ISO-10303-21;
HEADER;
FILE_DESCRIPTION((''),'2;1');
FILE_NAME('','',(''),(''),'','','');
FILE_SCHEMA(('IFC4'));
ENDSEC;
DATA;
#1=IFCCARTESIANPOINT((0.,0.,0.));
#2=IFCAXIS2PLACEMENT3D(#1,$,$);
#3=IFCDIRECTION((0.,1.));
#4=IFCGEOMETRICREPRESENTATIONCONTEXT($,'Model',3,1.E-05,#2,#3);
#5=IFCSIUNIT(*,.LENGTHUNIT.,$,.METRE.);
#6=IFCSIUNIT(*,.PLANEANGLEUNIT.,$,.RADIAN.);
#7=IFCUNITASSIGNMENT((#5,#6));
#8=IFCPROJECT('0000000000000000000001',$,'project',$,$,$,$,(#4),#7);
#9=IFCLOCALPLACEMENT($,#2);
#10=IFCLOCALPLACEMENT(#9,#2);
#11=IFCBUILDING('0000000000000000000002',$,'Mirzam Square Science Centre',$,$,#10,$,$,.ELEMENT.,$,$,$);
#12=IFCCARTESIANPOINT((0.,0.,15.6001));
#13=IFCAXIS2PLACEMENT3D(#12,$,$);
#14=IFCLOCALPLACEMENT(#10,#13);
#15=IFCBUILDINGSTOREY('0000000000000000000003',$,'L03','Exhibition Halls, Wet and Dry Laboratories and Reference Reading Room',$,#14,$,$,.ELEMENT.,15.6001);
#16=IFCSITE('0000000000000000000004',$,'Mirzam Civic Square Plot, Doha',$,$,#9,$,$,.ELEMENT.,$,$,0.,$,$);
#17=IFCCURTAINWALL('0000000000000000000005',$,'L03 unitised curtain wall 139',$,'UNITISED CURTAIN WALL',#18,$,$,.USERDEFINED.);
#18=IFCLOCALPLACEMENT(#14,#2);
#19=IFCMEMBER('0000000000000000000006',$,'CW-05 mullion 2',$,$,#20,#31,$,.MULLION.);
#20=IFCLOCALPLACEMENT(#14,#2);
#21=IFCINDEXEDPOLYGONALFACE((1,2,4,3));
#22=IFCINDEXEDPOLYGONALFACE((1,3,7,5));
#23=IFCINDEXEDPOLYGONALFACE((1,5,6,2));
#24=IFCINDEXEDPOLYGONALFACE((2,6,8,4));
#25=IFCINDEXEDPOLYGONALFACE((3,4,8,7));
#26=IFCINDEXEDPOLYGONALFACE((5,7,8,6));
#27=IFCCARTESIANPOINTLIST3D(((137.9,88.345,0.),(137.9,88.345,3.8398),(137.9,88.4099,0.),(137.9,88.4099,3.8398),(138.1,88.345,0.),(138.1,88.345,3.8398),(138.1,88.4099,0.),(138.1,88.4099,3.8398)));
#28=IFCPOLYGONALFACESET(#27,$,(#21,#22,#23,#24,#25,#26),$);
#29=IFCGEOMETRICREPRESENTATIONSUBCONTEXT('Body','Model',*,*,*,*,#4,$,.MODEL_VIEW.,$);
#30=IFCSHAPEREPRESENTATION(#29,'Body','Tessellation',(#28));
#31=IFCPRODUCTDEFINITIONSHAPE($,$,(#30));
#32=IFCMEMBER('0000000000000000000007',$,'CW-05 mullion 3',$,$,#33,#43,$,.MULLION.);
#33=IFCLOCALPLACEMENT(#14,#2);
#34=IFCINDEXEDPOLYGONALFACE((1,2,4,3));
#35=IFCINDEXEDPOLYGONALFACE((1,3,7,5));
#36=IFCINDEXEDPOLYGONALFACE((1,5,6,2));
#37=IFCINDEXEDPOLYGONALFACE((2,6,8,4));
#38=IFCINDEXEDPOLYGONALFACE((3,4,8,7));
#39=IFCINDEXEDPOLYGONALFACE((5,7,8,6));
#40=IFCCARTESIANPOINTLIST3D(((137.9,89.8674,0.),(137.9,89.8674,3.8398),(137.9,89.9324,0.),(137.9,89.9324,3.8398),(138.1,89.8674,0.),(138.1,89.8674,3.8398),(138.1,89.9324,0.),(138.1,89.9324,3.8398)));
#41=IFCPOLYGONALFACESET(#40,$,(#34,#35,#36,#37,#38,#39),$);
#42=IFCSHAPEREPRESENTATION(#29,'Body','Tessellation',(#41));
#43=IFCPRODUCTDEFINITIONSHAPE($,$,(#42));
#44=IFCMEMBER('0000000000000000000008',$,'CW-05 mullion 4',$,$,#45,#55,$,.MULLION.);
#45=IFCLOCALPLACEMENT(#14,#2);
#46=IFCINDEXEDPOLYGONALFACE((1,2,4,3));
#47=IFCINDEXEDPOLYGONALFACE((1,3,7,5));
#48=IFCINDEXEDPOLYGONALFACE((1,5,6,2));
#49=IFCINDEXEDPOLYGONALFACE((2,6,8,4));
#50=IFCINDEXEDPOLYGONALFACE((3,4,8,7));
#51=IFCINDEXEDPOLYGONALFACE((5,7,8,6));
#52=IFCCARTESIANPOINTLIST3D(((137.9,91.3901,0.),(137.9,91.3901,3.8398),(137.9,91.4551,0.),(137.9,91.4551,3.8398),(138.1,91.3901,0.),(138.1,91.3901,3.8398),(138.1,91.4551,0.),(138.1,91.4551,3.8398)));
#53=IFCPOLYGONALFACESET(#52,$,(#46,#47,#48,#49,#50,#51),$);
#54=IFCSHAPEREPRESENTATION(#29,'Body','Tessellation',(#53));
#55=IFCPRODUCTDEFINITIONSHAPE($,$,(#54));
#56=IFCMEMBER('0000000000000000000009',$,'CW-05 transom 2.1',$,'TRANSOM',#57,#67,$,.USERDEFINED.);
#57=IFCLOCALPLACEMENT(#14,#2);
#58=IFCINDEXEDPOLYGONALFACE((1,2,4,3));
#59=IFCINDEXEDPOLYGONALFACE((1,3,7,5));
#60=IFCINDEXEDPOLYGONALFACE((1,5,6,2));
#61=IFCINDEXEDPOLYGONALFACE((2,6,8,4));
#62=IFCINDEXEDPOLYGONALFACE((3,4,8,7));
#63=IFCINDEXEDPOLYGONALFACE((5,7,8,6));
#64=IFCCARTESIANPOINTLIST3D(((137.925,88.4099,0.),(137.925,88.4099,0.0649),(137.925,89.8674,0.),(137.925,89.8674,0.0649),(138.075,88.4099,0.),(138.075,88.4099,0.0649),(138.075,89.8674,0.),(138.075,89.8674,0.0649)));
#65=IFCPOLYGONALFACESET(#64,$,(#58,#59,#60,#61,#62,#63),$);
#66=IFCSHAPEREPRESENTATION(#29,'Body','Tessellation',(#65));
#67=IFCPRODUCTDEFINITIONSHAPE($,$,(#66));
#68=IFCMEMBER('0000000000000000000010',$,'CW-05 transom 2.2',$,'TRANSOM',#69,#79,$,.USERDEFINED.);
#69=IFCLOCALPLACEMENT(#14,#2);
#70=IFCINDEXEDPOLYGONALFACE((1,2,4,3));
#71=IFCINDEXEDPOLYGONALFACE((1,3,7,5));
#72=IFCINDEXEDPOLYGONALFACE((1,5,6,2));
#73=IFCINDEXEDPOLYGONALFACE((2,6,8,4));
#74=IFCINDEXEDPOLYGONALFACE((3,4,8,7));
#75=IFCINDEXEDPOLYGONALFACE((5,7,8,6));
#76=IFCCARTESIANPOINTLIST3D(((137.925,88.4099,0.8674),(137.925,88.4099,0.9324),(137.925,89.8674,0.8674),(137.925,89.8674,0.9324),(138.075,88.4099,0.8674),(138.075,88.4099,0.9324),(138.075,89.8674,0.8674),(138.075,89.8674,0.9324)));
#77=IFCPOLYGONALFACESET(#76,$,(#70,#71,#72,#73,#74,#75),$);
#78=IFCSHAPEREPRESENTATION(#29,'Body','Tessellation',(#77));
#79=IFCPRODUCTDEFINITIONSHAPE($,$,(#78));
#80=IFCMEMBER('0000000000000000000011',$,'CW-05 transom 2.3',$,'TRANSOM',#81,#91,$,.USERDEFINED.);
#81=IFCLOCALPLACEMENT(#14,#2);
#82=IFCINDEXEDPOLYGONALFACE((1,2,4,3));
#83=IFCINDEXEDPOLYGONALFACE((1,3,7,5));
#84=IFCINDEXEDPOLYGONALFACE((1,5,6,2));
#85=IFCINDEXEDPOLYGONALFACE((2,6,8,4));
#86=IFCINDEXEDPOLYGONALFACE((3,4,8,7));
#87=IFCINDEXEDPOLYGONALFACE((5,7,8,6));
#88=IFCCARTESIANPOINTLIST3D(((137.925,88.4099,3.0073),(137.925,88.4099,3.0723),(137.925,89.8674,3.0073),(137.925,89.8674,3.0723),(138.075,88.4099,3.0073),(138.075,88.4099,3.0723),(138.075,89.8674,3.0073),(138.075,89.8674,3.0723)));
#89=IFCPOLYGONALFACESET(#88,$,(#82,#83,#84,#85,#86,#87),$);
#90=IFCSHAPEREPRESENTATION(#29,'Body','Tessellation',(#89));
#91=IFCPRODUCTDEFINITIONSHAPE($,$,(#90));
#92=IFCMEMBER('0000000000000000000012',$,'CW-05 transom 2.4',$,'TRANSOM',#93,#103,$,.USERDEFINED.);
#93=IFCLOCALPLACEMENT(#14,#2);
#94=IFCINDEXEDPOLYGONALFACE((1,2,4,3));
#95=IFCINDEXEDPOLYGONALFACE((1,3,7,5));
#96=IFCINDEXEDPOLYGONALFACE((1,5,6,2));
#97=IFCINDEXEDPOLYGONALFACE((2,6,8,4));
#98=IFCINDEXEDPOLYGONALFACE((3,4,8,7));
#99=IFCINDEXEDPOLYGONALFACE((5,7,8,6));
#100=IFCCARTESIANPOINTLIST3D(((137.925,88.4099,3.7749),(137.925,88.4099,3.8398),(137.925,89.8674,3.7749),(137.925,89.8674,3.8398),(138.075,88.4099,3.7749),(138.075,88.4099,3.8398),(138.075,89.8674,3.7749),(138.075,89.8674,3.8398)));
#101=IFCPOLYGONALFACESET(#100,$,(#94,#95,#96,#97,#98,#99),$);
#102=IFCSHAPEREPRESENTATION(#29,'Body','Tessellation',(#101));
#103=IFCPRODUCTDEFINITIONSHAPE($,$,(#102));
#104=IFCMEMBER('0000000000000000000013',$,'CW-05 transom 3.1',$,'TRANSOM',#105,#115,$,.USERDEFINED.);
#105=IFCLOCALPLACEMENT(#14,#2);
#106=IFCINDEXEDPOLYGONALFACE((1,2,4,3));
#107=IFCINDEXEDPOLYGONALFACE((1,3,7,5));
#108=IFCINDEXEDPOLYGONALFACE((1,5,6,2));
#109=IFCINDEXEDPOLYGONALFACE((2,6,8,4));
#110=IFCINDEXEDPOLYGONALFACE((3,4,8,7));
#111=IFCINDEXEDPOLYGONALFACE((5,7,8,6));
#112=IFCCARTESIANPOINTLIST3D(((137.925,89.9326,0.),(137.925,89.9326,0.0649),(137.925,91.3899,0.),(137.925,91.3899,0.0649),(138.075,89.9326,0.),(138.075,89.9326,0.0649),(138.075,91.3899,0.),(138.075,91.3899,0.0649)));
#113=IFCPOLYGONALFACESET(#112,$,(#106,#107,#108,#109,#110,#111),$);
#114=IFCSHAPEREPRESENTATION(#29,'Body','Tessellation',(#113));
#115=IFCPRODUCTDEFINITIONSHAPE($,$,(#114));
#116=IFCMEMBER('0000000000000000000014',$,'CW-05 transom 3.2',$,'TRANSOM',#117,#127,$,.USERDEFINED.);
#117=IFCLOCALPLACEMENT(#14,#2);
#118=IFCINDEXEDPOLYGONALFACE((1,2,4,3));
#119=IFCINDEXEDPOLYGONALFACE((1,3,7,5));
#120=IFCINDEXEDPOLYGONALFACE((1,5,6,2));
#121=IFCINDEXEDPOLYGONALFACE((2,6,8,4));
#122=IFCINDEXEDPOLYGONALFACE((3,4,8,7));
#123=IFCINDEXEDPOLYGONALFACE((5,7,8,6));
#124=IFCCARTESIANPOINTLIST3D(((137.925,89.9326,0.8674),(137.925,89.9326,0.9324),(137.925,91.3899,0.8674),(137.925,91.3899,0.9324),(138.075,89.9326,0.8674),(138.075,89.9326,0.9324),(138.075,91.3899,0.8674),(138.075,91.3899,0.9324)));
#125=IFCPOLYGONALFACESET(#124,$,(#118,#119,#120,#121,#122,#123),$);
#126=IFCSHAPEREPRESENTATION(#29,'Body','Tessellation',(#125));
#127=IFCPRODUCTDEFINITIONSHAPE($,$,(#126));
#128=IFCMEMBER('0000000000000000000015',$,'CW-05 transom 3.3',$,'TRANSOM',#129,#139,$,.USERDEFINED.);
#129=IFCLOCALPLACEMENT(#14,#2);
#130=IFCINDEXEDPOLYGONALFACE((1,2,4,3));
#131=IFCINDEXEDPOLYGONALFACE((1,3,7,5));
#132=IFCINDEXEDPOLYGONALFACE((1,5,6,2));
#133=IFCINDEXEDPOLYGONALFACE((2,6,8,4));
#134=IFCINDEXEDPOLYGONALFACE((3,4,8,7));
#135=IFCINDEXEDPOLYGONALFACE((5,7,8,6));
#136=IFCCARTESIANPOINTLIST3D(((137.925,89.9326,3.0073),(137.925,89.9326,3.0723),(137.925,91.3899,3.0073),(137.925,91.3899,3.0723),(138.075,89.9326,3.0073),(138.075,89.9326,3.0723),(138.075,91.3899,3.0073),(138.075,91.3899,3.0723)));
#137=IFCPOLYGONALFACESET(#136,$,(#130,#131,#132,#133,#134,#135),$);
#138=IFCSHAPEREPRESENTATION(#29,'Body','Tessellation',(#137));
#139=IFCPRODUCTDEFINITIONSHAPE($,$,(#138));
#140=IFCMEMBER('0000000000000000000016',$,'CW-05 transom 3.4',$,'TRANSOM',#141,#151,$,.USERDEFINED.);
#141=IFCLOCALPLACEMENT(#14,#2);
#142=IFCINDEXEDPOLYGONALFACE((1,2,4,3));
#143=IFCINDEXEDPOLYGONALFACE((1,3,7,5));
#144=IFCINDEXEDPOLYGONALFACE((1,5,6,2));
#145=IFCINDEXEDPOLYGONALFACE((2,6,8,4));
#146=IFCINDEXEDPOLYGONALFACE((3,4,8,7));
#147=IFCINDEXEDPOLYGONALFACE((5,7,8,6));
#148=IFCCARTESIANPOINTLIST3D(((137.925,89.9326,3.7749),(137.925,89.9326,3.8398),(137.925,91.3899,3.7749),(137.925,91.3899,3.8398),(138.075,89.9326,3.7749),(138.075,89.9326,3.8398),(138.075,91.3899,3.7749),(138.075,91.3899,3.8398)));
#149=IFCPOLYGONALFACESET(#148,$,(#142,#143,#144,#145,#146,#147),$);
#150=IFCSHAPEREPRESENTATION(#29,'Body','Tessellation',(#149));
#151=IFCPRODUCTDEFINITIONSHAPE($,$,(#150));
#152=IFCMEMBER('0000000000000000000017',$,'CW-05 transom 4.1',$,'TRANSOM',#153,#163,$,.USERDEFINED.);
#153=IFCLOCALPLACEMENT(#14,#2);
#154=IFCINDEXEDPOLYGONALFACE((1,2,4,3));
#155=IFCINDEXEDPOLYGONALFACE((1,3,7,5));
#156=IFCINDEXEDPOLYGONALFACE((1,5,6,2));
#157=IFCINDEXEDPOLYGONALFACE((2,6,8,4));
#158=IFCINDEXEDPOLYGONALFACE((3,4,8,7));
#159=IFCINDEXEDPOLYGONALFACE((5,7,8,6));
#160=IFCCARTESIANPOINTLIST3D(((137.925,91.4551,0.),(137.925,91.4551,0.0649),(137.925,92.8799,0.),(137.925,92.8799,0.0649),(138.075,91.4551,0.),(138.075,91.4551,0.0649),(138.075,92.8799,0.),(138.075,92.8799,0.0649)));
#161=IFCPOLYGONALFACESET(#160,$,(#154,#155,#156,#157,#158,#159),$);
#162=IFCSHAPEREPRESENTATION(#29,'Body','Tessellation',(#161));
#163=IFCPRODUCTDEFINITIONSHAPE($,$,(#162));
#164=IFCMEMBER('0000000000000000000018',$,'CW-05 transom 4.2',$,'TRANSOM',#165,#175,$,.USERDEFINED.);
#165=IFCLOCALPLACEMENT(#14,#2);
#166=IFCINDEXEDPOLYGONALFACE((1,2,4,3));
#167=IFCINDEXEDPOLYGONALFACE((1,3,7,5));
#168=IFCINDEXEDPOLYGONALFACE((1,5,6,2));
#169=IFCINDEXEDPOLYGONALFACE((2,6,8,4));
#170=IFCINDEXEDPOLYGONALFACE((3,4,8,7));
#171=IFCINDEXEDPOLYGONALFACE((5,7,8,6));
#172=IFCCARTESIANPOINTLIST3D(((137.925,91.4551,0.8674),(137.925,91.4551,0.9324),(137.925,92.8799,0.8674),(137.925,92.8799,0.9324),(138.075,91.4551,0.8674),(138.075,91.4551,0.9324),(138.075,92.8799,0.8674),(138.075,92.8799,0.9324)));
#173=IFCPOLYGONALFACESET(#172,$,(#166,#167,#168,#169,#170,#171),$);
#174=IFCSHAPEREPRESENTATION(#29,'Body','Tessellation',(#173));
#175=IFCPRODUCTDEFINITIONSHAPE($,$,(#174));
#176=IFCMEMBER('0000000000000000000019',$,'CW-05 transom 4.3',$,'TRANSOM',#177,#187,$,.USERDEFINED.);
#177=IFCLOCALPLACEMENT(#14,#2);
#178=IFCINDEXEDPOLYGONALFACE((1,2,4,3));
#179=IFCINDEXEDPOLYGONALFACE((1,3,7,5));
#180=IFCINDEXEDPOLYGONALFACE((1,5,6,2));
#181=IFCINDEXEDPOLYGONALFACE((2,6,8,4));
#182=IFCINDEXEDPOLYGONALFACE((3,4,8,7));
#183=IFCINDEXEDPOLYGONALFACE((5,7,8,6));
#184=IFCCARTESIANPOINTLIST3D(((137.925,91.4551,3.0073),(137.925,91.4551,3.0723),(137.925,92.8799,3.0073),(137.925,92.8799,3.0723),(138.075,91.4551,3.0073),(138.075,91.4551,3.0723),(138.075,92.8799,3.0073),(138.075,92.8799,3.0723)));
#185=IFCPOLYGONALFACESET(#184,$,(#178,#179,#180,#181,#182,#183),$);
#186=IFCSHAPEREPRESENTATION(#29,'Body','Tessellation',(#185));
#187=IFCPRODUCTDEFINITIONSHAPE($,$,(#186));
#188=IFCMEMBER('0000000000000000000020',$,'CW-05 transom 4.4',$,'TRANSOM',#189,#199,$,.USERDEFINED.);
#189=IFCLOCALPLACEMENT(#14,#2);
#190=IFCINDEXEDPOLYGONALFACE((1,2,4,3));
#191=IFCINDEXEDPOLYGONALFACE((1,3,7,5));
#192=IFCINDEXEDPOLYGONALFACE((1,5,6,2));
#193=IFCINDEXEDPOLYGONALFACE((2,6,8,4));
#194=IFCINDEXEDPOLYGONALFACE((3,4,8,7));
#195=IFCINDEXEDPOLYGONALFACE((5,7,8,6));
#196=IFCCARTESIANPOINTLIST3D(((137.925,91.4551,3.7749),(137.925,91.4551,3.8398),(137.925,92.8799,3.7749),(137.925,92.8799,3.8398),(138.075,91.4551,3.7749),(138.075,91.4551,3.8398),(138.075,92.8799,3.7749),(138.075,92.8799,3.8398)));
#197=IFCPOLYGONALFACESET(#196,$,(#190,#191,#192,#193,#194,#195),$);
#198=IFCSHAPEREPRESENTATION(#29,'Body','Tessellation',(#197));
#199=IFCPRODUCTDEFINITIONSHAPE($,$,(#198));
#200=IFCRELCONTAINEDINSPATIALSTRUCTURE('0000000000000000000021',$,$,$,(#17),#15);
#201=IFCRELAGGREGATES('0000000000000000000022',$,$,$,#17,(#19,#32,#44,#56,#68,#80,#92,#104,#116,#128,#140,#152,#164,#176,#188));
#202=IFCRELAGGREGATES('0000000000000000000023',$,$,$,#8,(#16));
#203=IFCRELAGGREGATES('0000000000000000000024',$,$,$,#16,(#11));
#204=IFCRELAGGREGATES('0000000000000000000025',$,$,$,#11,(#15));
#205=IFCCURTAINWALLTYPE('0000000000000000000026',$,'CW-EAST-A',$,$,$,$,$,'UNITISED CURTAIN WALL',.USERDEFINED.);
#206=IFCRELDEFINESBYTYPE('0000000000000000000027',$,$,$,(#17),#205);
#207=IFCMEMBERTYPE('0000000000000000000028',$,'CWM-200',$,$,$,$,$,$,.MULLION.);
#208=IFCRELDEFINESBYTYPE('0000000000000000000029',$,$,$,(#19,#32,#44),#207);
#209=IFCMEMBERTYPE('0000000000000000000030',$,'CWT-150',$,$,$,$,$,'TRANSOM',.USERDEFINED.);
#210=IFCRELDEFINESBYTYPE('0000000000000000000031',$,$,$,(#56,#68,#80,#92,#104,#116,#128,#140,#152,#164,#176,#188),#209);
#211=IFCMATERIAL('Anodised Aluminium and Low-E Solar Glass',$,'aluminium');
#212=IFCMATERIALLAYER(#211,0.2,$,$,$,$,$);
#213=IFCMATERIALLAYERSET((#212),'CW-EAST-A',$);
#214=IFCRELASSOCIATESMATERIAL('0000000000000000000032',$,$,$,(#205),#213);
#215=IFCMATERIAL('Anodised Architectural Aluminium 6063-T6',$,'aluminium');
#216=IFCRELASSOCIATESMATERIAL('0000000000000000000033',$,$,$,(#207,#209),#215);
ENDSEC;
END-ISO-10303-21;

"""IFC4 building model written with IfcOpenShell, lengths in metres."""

from ifc_helpers import new_model, si_unit, direction, frame, origin, origin_2d, place, context, subcontext, project, spatial, rectangle, extrude, material, layer, layer_set, material_profile, profile_set, type_object, element, aggregate, save


model = new_model("IFC4")

# Units and contexts
model_context = context("Model", 3, precision=1e-05, world=origin(), true_north=direction((0.0, 1.0)))
body_context = subcontext(model_context, "Body", "Model", "MODEL_VIEW")
ifc_project = project(units=[si_unit("LENGTHUNIT", "METRE"), si_unit("PLANEANGLEUNIT", "RADIAN")], contexts=[model_context])

# Site, building, storey
site_placement = place(None, origin())
site = spatial("IfcSite", under=ifc_project, at=site_placement, Name="Mirzam Civic Square Plot, Doha", CompositionType="ELEMENT", RefElevation=0.0)
building_placement = place(site_placement, origin())
building = spatial("IfcBuilding", under=site, at=building_placement, Name="Mirzam Square Science Centre", CompositionType="ELEMENT")
storey_placement = place(building_placement, frame((0.0, 0.0, 15.6001)))
storey = spatial("IfcBuildingStorey", under=building, at=storey_placement, Name="L03", Description="Exhibition Halls, Wet and Dry Laboratories and Reference Reading Room", CompositionType="ELEMENT", Elevation=15.6001)

# Curtain wall, members
ifc_material_1 = material(Name="Anodised Aluminium and Low-E Solar Glass", Category="aluminium")
ifc_layer_1 = layer(ifc_material_1, 0.2)
ifc_layer_set_1 = layer_set([ifc_layer_1], Name="CW-EAST-A")
curtain_wall_type = type_object("IfcCurtainWallType", Name="CW-EAST-A", ElementType="UNITISED CURTAIN WALL", PredefinedType="USERDEFINED", material=ifc_layer_set_1)
curtain_wall_placement = place(storey_placement, origin())
curtain_wall = element("IfcCurtainWall", 1, at=curtain_wall_placement, inside=storey, type_object=curtain_wall_type, Name="L03 unitised curtain wall 139", ObjectType="UNITISED CURTAIN WALL", PredefinedType="USERDEFINED")
ifc_material_2 = material(Name="Anodised Architectural Aluminium 6063-T6", Category="aluminium")
ifc_material_profile_1 = material_profile(ifc_material_2, rectangle(XDim=0.0649, YDim=0.2, at=origin_2d()), Name="ALU-MULL-200x65x5")
ifc_profile_set_1 = profile_set([ifc_material_profile_1], Name="Anodised Architectural Aluminium 6063-T6")
member_type_1 = type_object("IfcMemberType", Name="CWM-200", PredefinedType="MULLION", material=ifc_profile_set_1)
member_1_placement = place(storey_placement, frame((138.0, 88.3774, 0.0), z_axis=(0.0, 0.0, 1.0), x_axis=(0.0, 1.0, 0.0)))
member_1 = element("IfcMember", 2, at=member_1_placement, type_object=member_type_1, Name="CW-05 mullion 2", PredefinedType="MULLION", context=body_context, shape_type="SweptSolid", body=[
    extrude(rectangle(XDim=0.0649, YDim=0.2, at=origin_2d()), origin(), (0.0, 0.0, 1.0), 3.8398),
])
member_2_placement = place(storey_placement, frame((138.0, 89.8999, 0.0), z_axis=(0.0, 0.0, 1.0), x_axis=(0.0, 1.0, 0.0)))
member_2 = element("IfcMember", 3, at=member_2_placement, type_object=member_type_1, Name="CW-05 mullion 3", PredefinedType="MULLION", context=body_context, shape_type="SweptSolid", body=[
    extrude(rectangle(XDim=0.0649, YDim=0.2, at=origin_2d()), origin(), (0.0, 0.0, 1.0), 3.8398),
])
member_3_placement = place(storey_placement, frame((138.0, 91.4226, 0.0), z_axis=(0.0, 0.0, 1.0), x_axis=(0.0, 1.0, 0.0)))
member_3 = element("IfcMember", 4, at=member_3_placement, type_object=member_type_1, Name="CW-05 mullion 4", PredefinedType="MULLION", context=body_context, shape_type="SweptSolid", body=[
    extrude(rectangle(XDim=0.0649, YDim=0.2, at=origin_2d()), origin(), (0.0, 0.0, 1.0), 3.8398),
])
ifc_material_profile_2 = material_profile(ifc_material_2, rectangle(XDim=0.1499, YDim=0.0649, at=origin_2d()), Name="ALU-TRAN-150x65x4")
ifc_profile_set_2 = profile_set([ifc_material_profile_2], Name="Anodised Architectural Aluminium 6063-T6")
member_type_2 = type_object("IfcMemberType", Name="CWT-150", ElementType="TRANSOM", PredefinedType="USERDEFINED", material=ifc_profile_set_2)
member_4_placement = place(storey_placement, frame((138.0, 88.4099, 0.0325), z_axis=(0.0, 1.0, 0.0), x_axis=(-1.0, 0.0, 0.0)))
member_4 = element("IfcMember", 5, at=member_4_placement, type_object=member_type_2, Name="CW-05 transom 2.1", ObjectType="TRANSOM", PredefinedType="USERDEFINED", context=body_context, shape_type="SweptSolid", body=[
    extrude(rectangle(XDim=0.1499, YDim=0.0649, at=origin_2d()), origin(), (0.0, 0.0, 1.0), 1.4575),
])
member_5_placement = place(storey_placement, frame((138.0, 88.4099, 0.8999), z_axis=(0.0, 1.0, 0.0), x_axis=(-1.0, 0.0, 0.0)))
member_5 = element("IfcMember", 6, at=member_5_placement, type_object=member_type_2, Name="CW-05 transom 2.2", ObjectType="TRANSOM", PredefinedType="USERDEFINED", context=body_context, shape_type="SweptSolid", body=[
    extrude(rectangle(XDim=0.1499, YDim=0.0649, at=origin_2d()), origin(), (0.0, 0.0, 1.0), 1.4575),
])
member_6_placement = place(storey_placement, frame((138.0, 88.4099, 3.0398), z_axis=(0.0, 1.0, 0.0), x_axis=(-1.0, 0.0, 0.0)))
member_6 = element("IfcMember", 7, at=member_6_placement, type_object=member_type_2, Name="CW-05 transom 2.3", ObjectType="TRANSOM", PredefinedType="USERDEFINED", context=body_context, shape_type="SweptSolid", body=[
    extrude(rectangle(XDim=0.1499, YDim=0.0649, at=origin_2d()), origin(), (0.0, 0.0, 1.0), 1.4575),
])
member_7_placement = place(storey_placement, frame((138.0, 88.4099, 3.8074), z_axis=(0.0, 1.0, 0.0), x_axis=(-1.0, 0.0, 0.0)))
member_7 = element("IfcMember", 8, at=member_7_placement, type_object=member_type_2, Name="CW-05 transom 2.4", ObjectType="TRANSOM", PredefinedType="USERDEFINED", context=body_context, shape_type="SweptSolid", body=[
    extrude(rectangle(XDim=0.1499, YDim=0.0649, at=origin_2d()), origin(), (0.0, 0.0, 1.0), 1.4575),
])
member_8_placement = place(storey_placement, frame((138.0, 89.9326, 0.0325), z_axis=(0.0, 1.0, 0.0), x_axis=(-1.0, 0.0, 0.0)))
member_8 = element("IfcMember", 9, at=member_8_placement, type_object=member_type_2, Name="CW-05 transom 3.1", ObjectType="TRANSOM", PredefinedType="USERDEFINED", context=body_context, shape_type="SweptSolid", body=[
    extrude(rectangle(XDim=0.1499, YDim=0.0649, at=origin_2d()), origin(), (0.0, 0.0, 1.0), 1.4573),
])
member_9_placement = place(storey_placement, frame((138.0, 89.9326, 0.8999), z_axis=(0.0, 1.0, 0.0), x_axis=(-1.0, 0.0, 0.0)))
member_9 = element("IfcMember", 10, at=member_9_placement, type_object=member_type_2, Name="CW-05 transom 3.2", ObjectType="TRANSOM", PredefinedType="USERDEFINED", context=body_context, shape_type="SweptSolid", body=[
    extrude(rectangle(XDim=0.1499, YDim=0.0649, at=origin_2d()), origin(), (0.0, 0.0, 1.0), 1.4573),
])
member_10_placement = place(storey_placement, frame((138.0, 89.9326, 3.0398), z_axis=(0.0, 1.0, 0.0), x_axis=(-1.0, 0.0, 0.0)))
member_10 = element("IfcMember", 11, at=member_10_placement, type_object=member_type_2, Name="CW-05 transom 3.3", ObjectType="TRANSOM", PredefinedType="USERDEFINED", context=body_context, shape_type="SweptSolid", body=[
    extrude(rectangle(XDim=0.1499, YDim=0.0649, at=origin_2d()), origin(), (0.0, 0.0, 1.0), 1.4573),
])
member_11_placement = place(storey_placement, frame((138.0, 89.9326, 3.8074), z_axis=(0.0, 1.0, 0.0), x_axis=(-1.0, 0.0, 0.0)))
member_11 = element("IfcMember", 12, at=member_11_placement, type_object=member_type_2, Name="CW-05 transom 3.4", ObjectType="TRANSOM", PredefinedType="USERDEFINED", context=body_context, shape_type="SweptSolid", body=[
    extrude(rectangle(XDim=0.1499, YDim=0.0649, at=origin_2d()), origin(), (0.0, 0.0, 1.0), 1.4573),
])
member_12_placement = place(storey_placement, frame((138.0, 91.4551, 0.0325), z_axis=(0.0, 1.0, 0.0), x_axis=(-1.0, 0.0, 0.0)))
member_12 = element("IfcMember", 13, at=member_12_placement, type_object=member_type_2, Name="CW-05 transom 4.1", ObjectType="TRANSOM", PredefinedType="USERDEFINED", context=body_context, shape_type="SweptSolid", body=[
    extrude(rectangle(XDim=0.1499, YDim=0.0649, at=origin_2d()), origin(), (0.0, 0.0, 1.0), 1.4248),
])
member_13_placement = place(storey_placement, frame((138.0, 91.4551, 0.8999), z_axis=(0.0, 1.0, 0.0), x_axis=(-1.0, 0.0, 0.0)))
member_13 = element("IfcMember", 14, at=member_13_placement, type_object=member_type_2, Name="CW-05 transom 4.2", ObjectType="TRANSOM", PredefinedType="USERDEFINED", context=body_context, shape_type="SweptSolid", body=[
    extrude(rectangle(XDim=0.1499, YDim=0.0649, at=origin_2d()), origin(), (0.0, 0.0, 1.0), 1.4248),
])
member_14_placement = place(storey_placement, frame((138.0, 91.4551, 3.0398), z_axis=(0.0, 1.0, 0.0), x_axis=(-1.0, 0.0, 0.0)))
member_14 = element("IfcMember", 15, at=member_14_placement, type_object=member_type_2, Name="CW-05 transom 4.3", ObjectType="TRANSOM", PredefinedType="USERDEFINED", context=body_context, shape_type="SweptSolid", body=[
    extrude(rectangle(XDim=0.1499, YDim=0.0649, at=origin_2d()), origin(), (0.0, 0.0, 1.0), 1.4248),
])
member_15_placement = place(storey_placement, frame((138.0, 91.4551, 3.8074), z_axis=(0.0, 1.0, 0.0), x_axis=(-1.0, 0.0, 0.0)))
member_15 = element("IfcMember", 16, at=member_15_placement, type_object=member_type_2, Name="CW-05 transom 4.4", ObjectType="TRANSOM", PredefinedType="USERDEFINED", context=body_context, shape_type="SweptSolid", body=[
    extrude(rectangle(XDim=0.1499, YDim=0.0649, at=origin_2d()), origin(), (0.0, 0.0, 1.0), 1.4248),
])
aggregate(curtain_wall, [member_1, member_2, member_3, member_4, member_5, member_6, member_7, member_8, member_9, member_10, member_11, member_12, member_13, member_14, member_15])

save(model, "model.ifc")
